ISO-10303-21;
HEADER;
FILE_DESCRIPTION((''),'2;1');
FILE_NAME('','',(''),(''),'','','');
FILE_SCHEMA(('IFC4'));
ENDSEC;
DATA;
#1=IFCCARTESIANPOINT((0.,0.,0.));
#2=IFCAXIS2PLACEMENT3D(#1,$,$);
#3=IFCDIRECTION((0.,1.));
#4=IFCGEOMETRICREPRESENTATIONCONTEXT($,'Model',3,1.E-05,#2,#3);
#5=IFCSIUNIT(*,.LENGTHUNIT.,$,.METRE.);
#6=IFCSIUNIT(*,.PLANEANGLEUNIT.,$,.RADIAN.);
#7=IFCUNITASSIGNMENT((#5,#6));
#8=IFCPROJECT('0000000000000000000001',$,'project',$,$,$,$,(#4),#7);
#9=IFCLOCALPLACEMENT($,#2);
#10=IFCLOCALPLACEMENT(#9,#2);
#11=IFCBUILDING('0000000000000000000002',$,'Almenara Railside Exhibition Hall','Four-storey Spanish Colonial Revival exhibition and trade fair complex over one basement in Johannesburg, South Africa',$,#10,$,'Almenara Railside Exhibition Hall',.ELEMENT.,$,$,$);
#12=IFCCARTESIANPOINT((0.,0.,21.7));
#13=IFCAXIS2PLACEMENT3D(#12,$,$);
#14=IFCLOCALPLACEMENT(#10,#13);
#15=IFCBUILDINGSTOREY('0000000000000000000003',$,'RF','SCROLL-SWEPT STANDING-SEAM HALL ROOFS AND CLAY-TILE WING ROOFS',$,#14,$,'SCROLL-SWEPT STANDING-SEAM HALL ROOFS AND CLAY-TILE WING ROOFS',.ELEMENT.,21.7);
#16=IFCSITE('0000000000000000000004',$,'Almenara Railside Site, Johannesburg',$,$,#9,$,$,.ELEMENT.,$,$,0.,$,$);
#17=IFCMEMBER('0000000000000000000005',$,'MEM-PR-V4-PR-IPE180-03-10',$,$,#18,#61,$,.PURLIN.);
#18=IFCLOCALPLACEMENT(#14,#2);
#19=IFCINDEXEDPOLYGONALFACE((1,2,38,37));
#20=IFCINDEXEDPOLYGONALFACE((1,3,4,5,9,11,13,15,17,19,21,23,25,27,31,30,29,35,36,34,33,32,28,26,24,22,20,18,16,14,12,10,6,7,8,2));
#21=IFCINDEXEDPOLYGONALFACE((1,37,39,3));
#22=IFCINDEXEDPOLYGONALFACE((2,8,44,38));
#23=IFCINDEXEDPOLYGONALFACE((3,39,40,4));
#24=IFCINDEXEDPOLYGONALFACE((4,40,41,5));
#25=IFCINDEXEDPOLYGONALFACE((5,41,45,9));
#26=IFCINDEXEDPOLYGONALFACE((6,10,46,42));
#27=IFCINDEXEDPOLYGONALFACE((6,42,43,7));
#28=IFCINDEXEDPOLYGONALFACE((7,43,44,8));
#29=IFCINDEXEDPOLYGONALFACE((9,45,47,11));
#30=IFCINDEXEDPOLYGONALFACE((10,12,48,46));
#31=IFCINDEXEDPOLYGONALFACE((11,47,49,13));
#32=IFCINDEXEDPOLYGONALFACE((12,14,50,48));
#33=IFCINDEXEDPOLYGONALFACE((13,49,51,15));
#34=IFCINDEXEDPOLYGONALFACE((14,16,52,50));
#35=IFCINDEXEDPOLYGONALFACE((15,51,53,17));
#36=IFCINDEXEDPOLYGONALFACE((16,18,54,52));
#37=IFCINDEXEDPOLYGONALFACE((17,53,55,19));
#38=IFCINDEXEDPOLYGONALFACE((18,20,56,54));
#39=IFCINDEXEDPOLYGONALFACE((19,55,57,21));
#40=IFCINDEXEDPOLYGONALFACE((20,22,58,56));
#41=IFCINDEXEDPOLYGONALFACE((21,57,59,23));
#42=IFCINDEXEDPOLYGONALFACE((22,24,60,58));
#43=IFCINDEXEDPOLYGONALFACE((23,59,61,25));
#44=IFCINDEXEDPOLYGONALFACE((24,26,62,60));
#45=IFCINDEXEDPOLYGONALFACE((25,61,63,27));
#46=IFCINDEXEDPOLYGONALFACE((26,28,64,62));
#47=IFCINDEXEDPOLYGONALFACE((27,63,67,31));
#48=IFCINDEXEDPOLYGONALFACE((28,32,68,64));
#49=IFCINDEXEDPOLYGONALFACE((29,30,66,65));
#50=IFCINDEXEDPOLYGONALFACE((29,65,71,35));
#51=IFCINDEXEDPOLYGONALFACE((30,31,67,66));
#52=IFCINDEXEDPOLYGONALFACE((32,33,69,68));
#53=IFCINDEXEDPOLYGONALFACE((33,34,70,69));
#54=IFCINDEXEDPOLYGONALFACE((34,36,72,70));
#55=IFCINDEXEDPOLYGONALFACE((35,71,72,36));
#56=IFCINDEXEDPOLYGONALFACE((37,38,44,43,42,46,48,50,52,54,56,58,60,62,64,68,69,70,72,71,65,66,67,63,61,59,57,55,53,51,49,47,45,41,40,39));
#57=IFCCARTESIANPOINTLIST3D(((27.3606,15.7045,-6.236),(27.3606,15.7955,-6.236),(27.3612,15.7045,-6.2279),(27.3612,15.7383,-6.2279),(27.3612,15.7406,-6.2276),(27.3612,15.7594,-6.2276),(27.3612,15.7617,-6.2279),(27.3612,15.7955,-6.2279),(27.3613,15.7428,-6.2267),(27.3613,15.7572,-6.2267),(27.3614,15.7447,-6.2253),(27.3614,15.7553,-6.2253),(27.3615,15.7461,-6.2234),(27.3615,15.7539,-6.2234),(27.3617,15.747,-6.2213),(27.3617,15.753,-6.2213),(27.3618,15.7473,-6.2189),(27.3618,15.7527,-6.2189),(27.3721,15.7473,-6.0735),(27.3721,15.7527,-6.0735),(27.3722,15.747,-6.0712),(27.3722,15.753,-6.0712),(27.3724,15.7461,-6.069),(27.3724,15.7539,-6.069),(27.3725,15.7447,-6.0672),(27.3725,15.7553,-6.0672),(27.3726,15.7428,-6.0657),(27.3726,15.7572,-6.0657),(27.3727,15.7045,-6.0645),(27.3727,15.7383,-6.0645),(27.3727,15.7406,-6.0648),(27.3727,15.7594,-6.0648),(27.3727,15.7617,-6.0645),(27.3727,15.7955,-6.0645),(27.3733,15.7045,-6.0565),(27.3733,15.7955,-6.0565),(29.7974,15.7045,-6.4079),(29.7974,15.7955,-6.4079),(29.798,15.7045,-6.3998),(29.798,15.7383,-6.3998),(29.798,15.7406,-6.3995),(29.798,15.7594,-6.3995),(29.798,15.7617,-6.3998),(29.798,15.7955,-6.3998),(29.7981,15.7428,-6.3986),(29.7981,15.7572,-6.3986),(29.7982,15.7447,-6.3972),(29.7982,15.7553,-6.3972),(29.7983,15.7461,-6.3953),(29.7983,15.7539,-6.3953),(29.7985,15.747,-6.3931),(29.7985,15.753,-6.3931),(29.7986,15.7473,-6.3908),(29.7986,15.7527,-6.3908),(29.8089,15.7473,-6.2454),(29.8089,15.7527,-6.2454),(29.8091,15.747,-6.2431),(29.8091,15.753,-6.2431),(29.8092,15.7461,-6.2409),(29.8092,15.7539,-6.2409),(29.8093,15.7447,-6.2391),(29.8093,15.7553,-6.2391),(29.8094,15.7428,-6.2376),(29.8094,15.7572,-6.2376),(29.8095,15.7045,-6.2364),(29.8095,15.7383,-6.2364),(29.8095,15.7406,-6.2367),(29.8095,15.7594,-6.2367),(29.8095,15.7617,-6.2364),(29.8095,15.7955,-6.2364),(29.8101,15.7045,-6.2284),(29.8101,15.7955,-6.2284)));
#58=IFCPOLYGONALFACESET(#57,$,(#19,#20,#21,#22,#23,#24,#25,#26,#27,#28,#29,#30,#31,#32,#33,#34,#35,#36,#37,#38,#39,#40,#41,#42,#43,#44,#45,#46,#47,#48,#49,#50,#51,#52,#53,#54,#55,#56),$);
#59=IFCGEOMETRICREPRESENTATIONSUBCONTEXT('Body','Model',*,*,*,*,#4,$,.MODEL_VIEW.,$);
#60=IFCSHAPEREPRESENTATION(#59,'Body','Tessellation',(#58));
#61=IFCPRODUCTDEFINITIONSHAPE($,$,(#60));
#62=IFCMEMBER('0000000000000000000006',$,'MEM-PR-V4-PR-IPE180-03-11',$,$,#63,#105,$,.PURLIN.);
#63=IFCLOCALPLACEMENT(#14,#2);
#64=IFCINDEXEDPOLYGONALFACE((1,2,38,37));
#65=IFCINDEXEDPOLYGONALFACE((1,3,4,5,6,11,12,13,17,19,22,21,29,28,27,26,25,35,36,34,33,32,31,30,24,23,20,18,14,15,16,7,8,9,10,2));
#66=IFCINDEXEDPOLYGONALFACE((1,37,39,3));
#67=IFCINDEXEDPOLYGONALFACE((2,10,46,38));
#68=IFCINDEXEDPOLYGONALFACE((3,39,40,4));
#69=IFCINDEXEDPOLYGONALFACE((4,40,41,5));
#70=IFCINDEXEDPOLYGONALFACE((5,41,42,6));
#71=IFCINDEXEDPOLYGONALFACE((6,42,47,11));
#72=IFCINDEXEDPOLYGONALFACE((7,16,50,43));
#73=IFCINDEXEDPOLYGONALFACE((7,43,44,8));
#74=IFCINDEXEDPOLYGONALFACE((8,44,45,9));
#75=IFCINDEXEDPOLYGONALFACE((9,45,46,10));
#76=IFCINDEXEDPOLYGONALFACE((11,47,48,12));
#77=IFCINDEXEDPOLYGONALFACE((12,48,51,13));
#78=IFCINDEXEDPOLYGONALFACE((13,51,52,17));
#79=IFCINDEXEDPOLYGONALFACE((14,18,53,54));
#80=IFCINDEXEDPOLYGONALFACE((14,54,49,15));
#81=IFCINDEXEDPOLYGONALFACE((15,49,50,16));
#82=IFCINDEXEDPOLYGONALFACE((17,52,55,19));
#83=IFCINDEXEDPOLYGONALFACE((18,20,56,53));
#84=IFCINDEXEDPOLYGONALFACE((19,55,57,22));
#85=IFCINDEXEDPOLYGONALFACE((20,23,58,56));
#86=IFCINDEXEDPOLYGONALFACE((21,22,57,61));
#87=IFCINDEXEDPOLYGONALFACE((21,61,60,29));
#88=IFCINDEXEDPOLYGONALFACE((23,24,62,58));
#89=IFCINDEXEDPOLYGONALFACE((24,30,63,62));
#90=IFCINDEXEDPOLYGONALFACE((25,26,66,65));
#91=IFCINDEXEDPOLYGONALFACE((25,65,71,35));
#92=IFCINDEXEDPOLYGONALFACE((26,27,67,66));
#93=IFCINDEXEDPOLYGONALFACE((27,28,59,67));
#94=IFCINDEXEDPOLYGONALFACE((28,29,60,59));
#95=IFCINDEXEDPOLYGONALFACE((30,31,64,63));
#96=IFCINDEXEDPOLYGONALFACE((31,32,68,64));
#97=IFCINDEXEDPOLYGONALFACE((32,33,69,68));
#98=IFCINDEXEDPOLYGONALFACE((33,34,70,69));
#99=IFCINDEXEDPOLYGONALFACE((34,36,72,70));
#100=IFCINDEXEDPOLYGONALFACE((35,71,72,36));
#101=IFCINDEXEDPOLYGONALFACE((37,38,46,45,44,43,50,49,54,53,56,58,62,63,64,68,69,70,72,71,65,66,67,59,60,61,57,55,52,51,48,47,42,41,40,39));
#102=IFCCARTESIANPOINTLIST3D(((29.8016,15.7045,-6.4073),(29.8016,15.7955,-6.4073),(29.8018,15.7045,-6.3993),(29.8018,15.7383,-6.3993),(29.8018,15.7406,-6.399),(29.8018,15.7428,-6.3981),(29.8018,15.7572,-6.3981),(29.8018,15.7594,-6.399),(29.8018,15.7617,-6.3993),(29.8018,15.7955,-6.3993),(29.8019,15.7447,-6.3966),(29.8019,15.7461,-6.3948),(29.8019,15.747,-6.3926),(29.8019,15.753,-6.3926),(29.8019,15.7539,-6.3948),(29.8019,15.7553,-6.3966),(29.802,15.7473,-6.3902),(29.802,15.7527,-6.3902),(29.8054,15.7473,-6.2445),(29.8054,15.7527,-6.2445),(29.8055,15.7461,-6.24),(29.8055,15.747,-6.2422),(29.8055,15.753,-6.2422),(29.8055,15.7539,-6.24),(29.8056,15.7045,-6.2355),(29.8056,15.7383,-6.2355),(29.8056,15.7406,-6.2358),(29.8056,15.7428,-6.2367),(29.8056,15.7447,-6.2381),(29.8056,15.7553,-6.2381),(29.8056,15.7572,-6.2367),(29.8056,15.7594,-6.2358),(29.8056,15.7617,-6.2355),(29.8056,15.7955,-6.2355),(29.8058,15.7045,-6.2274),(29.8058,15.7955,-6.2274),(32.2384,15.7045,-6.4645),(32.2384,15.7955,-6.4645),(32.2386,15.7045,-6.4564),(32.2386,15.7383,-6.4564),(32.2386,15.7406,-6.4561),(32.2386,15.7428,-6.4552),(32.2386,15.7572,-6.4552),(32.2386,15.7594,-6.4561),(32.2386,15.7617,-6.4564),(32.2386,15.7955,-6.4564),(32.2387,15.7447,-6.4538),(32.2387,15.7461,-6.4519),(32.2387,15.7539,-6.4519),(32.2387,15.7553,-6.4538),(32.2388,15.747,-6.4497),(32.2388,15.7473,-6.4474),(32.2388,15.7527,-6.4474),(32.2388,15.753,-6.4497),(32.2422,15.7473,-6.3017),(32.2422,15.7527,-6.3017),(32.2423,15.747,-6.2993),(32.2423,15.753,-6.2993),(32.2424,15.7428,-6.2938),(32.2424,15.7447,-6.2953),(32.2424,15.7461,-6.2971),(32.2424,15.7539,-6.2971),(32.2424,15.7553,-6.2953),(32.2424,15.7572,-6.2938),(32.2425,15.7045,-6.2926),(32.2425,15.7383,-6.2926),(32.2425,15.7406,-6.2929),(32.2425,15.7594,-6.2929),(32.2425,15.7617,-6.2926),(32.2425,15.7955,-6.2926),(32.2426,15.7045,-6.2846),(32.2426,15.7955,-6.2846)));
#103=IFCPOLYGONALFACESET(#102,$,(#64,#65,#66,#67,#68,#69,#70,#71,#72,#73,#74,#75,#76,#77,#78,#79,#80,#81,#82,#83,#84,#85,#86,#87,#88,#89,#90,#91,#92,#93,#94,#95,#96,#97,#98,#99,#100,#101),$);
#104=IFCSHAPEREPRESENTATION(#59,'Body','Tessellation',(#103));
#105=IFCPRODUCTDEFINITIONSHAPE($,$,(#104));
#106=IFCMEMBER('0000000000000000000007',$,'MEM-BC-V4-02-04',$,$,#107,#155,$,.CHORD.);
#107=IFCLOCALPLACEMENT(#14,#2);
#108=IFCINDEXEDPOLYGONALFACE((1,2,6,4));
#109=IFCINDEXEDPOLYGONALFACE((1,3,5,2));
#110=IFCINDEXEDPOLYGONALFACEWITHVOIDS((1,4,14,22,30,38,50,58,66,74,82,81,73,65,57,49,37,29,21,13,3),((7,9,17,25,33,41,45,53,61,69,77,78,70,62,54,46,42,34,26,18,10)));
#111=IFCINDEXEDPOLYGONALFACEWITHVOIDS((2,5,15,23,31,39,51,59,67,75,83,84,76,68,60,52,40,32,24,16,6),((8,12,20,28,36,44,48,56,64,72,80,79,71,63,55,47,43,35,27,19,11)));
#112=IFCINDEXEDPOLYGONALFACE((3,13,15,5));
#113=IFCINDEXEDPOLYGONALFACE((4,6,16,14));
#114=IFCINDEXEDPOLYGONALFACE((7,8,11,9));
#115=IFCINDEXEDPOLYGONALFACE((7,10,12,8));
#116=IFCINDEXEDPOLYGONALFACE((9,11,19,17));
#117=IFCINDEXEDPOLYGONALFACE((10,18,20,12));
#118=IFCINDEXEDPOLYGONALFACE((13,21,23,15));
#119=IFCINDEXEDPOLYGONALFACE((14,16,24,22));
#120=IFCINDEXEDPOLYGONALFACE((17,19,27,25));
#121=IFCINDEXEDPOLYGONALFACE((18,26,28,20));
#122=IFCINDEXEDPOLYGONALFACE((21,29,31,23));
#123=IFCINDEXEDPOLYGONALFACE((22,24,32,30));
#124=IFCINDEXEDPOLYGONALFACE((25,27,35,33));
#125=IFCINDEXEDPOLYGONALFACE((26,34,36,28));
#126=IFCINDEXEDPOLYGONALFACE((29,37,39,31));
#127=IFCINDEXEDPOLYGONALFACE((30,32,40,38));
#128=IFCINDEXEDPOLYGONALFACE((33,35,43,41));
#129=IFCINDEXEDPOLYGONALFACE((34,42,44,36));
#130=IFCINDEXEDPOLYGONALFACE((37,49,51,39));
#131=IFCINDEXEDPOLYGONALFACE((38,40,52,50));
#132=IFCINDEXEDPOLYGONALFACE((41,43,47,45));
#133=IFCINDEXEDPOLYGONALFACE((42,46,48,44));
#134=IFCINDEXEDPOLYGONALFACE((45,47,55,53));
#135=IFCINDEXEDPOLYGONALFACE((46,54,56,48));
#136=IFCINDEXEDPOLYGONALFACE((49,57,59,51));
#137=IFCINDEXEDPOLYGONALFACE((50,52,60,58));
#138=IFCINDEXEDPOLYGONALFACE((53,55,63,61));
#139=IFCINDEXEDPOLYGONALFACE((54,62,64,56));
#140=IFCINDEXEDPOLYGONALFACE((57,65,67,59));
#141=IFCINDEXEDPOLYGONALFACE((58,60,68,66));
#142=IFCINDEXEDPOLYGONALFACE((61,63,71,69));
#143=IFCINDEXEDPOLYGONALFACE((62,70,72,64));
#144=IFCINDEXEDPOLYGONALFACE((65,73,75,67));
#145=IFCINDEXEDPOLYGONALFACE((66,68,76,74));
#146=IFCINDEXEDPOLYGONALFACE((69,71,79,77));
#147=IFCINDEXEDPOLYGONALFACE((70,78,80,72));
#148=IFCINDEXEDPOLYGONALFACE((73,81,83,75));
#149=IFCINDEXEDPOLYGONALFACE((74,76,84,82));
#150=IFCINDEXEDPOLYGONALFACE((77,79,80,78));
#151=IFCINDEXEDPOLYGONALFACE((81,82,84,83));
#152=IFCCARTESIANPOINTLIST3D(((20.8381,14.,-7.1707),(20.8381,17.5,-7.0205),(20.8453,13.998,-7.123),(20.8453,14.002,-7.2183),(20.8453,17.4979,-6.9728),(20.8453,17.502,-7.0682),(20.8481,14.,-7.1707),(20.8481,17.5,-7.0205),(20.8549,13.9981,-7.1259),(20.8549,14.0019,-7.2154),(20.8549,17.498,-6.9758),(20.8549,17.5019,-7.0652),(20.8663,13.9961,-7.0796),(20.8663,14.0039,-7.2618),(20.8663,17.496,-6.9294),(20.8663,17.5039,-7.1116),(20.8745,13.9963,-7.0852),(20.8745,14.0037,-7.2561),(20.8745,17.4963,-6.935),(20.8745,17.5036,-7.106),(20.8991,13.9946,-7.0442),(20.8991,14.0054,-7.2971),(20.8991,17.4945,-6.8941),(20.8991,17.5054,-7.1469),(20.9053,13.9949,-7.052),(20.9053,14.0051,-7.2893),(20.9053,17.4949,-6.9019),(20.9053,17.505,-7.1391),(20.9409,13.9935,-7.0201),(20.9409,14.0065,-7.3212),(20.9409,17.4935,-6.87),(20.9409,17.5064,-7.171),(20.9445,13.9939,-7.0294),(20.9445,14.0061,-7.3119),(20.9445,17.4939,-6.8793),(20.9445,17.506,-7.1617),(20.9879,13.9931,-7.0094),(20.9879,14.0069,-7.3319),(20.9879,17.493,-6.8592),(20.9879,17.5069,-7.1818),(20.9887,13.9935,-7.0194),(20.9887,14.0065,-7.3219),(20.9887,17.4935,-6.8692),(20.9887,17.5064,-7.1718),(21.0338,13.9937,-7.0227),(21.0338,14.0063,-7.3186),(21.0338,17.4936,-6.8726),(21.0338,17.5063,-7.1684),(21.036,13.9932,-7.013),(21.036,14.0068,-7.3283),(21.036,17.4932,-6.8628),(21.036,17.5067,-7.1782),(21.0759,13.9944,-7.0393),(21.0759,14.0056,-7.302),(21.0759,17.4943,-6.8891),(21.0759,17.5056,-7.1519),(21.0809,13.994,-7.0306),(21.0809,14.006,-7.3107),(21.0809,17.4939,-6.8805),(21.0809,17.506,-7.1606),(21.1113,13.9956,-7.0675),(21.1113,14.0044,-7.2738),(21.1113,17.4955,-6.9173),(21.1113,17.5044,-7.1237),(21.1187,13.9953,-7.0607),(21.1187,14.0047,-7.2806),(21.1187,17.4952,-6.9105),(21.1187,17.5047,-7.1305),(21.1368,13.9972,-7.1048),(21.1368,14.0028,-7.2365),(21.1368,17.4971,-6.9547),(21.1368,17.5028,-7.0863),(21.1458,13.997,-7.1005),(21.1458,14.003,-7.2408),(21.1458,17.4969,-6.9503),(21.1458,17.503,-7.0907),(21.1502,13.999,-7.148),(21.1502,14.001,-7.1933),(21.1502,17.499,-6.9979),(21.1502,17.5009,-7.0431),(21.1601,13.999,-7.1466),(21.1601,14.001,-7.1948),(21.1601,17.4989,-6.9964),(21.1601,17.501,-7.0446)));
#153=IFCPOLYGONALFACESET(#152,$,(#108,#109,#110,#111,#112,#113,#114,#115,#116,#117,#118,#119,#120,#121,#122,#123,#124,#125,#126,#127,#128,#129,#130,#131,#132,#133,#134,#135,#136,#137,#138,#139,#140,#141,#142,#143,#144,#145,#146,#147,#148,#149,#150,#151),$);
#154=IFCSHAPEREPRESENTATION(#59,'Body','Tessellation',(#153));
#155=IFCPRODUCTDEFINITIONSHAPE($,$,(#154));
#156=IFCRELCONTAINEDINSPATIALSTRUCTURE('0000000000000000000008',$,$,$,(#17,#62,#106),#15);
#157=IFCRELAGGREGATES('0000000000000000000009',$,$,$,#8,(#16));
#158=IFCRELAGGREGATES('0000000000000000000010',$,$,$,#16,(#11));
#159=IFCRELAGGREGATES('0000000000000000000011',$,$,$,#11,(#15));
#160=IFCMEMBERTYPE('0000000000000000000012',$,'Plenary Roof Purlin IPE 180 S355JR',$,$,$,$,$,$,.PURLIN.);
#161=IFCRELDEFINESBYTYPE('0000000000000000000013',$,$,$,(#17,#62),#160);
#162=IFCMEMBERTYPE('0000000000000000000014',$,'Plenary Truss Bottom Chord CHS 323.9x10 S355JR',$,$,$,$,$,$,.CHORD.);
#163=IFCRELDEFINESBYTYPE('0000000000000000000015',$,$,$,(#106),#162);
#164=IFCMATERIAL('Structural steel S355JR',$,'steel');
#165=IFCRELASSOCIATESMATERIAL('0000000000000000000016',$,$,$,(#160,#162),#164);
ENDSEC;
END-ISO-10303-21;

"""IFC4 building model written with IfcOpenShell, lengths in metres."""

from ifc_helpers import new_model, si_unit, direction, frame, origin, origin_2d, place, context, subcontext, project, spatial, hollow_circle, i_section, extrude, material, material_profile, profile_set, type_object, element, save


model = new_model("IFC4")

# Units and contexts
model_context = context("Model", 3, precision=1e-05, world=origin(), true_north=direction((0.0, 1.0)))
body_context = subcontext(model_context, "Body", "Model", "MODEL_VIEW")
ifc_project = project(units=[si_unit("LENGTHUNIT", "METRE"), si_unit("PLANEANGLEUNIT", "RADIAN")], contexts=[model_context])

# Site, building, storey
site_placement = place(None, origin())
site = spatial("IfcSite", under=ifc_project, at=site_placement, Name="Almenara Railside Site, Johannesburg", CompositionType="ELEMENT", RefElevation=0.0)
building_placement = place(site_placement, origin())
building = spatial("IfcBuilding", under=site, at=building_placement, Name="Almenara Railside Exhibition Hall", Description="Four-storey Spanish Colonial Revival exhibition and trade fair complex over one basement in Johannesburg, South Africa", LongName="Almenara Railside Exhibition Hall", CompositionType="ELEMENT")
storey_placement = place(building_placement, frame((0.0, 0.0, 21.7)))
storey = spatial("IfcBuildingStorey", under=building, at=storey_placement, Name="RF", Description="SCROLL-SWEPT STANDING-SEAM HALL ROOFS AND CLAY-TILE WING ROOFS", LongName="SCROLL-SWEPT STANDING-SEAM HALL ROOFS AND CLAY-TILE WING ROOFS", CompositionType="ELEMENT", Elevation=21.7)

# Members
ifc_material_1 = material(Name="Structural steel S355JR", Category="steel")
ifc_material_profile_1 = material_profile(ifc_material_1, i_section(OverallWidth=0.0911, OverallDepth=0.1799, WebThickness=0.0054, FlangeThickness=0.0081, FilletRadius=0.009, at=origin_2d()), Name="IPE 180")
ifc_profile_set_1 = profile_set([ifc_material_profile_1], Name="Structural steel S355JR")
member_type_1 = type_object("IfcMemberType", Name="Plenary Roof Purlin IPE 180 S355JR", PredefinedType="PURLIN", material=ifc_profile_set_1)
member_1_placement = place(storey_placement, frame((27.3669, 15.75, -6.1462), z_axis=(0.997522, 0.0, -0.070359), x_axis=(0.0, 1.0, 0.0)))
element("IfcMember", 1, at=member_1_placement, inside=storey, type_object=member_type_1, Name="MEM-PR-V4-PR-IPE180-03-10", PredefinedType="PURLIN", context=body_context, shape_type="SweptSolid", body=[
    extrude(i_section(OverallWidth=0.0911, OverallDepth=0.1799, WebThickness=0.0054, FlangeThickness=0.0081, FilletRadius=0.009, at=origin_2d()), origin(), (0.0, 0.0, 1.0), 2.4429),
])
member_2_placement = place(storey_placement, frame((29.8037, 15.75, -6.3174), z_axis=(0.999725, 0.0, -0.023438), x_axis=(0.0, 1.0, 0.0)))
element("IfcMember", 2, at=member_2_placement, inside=storey, type_object=member_type_1, Name="MEM-PR-V4-PR-IPE180-03-11", PredefinedType="PURLIN", context=body_context, shape_type="SweptSolid", body=[
    extrude(i_section(OverallWidth=0.0911, OverallDepth=0.1799, WebThickness=0.0054, FlangeThickness=0.0081, FilletRadius=0.009, at=origin_2d()), origin(), (0.0, 0.0, 1.0), 2.4375),
])
ifc_material_profile_2 = material_profile(ifc_material_1, hollow_circle(Radius=0.1619, WallThickness=0.01, at=origin_2d()), Name="CHS 323.9x10")
ifc_profile_set_2 = profile_set([ifc_material_profile_2], Name="Structural steel S355JR")
member_type_2 = type_object("IfcMemberType", Name="Plenary Truss Bottom Chord CHS 323.9x10 S355JR", PredefinedType="CHORD", material=ifc_profile_set_2)
for number, where, z_axis, x_axis, name in (
    (3, (21.0, 14.0, -7.1707), (0.0, 0.999081, 0.04286), (-1.0, 0.0, 0.0), "MEM-BC-V4-02-04"),
):
    element("IfcMember", number, at=place(storey_placement, frame(where, z_axis=z_axis, x_axis=x_axis)), inside=storey, type_object=member_type_2, Name=name, PredefinedType="CHORD", context=body_context, shape_type="SweptSolid", body=[
        extrude(hollow_circle(Radius=0.1619, WallThickness=0.01, at=origin_2d()), origin(), (0.0, 0.0, 1.0), 3.5032),
    ])

save(model, "model.ifc")
